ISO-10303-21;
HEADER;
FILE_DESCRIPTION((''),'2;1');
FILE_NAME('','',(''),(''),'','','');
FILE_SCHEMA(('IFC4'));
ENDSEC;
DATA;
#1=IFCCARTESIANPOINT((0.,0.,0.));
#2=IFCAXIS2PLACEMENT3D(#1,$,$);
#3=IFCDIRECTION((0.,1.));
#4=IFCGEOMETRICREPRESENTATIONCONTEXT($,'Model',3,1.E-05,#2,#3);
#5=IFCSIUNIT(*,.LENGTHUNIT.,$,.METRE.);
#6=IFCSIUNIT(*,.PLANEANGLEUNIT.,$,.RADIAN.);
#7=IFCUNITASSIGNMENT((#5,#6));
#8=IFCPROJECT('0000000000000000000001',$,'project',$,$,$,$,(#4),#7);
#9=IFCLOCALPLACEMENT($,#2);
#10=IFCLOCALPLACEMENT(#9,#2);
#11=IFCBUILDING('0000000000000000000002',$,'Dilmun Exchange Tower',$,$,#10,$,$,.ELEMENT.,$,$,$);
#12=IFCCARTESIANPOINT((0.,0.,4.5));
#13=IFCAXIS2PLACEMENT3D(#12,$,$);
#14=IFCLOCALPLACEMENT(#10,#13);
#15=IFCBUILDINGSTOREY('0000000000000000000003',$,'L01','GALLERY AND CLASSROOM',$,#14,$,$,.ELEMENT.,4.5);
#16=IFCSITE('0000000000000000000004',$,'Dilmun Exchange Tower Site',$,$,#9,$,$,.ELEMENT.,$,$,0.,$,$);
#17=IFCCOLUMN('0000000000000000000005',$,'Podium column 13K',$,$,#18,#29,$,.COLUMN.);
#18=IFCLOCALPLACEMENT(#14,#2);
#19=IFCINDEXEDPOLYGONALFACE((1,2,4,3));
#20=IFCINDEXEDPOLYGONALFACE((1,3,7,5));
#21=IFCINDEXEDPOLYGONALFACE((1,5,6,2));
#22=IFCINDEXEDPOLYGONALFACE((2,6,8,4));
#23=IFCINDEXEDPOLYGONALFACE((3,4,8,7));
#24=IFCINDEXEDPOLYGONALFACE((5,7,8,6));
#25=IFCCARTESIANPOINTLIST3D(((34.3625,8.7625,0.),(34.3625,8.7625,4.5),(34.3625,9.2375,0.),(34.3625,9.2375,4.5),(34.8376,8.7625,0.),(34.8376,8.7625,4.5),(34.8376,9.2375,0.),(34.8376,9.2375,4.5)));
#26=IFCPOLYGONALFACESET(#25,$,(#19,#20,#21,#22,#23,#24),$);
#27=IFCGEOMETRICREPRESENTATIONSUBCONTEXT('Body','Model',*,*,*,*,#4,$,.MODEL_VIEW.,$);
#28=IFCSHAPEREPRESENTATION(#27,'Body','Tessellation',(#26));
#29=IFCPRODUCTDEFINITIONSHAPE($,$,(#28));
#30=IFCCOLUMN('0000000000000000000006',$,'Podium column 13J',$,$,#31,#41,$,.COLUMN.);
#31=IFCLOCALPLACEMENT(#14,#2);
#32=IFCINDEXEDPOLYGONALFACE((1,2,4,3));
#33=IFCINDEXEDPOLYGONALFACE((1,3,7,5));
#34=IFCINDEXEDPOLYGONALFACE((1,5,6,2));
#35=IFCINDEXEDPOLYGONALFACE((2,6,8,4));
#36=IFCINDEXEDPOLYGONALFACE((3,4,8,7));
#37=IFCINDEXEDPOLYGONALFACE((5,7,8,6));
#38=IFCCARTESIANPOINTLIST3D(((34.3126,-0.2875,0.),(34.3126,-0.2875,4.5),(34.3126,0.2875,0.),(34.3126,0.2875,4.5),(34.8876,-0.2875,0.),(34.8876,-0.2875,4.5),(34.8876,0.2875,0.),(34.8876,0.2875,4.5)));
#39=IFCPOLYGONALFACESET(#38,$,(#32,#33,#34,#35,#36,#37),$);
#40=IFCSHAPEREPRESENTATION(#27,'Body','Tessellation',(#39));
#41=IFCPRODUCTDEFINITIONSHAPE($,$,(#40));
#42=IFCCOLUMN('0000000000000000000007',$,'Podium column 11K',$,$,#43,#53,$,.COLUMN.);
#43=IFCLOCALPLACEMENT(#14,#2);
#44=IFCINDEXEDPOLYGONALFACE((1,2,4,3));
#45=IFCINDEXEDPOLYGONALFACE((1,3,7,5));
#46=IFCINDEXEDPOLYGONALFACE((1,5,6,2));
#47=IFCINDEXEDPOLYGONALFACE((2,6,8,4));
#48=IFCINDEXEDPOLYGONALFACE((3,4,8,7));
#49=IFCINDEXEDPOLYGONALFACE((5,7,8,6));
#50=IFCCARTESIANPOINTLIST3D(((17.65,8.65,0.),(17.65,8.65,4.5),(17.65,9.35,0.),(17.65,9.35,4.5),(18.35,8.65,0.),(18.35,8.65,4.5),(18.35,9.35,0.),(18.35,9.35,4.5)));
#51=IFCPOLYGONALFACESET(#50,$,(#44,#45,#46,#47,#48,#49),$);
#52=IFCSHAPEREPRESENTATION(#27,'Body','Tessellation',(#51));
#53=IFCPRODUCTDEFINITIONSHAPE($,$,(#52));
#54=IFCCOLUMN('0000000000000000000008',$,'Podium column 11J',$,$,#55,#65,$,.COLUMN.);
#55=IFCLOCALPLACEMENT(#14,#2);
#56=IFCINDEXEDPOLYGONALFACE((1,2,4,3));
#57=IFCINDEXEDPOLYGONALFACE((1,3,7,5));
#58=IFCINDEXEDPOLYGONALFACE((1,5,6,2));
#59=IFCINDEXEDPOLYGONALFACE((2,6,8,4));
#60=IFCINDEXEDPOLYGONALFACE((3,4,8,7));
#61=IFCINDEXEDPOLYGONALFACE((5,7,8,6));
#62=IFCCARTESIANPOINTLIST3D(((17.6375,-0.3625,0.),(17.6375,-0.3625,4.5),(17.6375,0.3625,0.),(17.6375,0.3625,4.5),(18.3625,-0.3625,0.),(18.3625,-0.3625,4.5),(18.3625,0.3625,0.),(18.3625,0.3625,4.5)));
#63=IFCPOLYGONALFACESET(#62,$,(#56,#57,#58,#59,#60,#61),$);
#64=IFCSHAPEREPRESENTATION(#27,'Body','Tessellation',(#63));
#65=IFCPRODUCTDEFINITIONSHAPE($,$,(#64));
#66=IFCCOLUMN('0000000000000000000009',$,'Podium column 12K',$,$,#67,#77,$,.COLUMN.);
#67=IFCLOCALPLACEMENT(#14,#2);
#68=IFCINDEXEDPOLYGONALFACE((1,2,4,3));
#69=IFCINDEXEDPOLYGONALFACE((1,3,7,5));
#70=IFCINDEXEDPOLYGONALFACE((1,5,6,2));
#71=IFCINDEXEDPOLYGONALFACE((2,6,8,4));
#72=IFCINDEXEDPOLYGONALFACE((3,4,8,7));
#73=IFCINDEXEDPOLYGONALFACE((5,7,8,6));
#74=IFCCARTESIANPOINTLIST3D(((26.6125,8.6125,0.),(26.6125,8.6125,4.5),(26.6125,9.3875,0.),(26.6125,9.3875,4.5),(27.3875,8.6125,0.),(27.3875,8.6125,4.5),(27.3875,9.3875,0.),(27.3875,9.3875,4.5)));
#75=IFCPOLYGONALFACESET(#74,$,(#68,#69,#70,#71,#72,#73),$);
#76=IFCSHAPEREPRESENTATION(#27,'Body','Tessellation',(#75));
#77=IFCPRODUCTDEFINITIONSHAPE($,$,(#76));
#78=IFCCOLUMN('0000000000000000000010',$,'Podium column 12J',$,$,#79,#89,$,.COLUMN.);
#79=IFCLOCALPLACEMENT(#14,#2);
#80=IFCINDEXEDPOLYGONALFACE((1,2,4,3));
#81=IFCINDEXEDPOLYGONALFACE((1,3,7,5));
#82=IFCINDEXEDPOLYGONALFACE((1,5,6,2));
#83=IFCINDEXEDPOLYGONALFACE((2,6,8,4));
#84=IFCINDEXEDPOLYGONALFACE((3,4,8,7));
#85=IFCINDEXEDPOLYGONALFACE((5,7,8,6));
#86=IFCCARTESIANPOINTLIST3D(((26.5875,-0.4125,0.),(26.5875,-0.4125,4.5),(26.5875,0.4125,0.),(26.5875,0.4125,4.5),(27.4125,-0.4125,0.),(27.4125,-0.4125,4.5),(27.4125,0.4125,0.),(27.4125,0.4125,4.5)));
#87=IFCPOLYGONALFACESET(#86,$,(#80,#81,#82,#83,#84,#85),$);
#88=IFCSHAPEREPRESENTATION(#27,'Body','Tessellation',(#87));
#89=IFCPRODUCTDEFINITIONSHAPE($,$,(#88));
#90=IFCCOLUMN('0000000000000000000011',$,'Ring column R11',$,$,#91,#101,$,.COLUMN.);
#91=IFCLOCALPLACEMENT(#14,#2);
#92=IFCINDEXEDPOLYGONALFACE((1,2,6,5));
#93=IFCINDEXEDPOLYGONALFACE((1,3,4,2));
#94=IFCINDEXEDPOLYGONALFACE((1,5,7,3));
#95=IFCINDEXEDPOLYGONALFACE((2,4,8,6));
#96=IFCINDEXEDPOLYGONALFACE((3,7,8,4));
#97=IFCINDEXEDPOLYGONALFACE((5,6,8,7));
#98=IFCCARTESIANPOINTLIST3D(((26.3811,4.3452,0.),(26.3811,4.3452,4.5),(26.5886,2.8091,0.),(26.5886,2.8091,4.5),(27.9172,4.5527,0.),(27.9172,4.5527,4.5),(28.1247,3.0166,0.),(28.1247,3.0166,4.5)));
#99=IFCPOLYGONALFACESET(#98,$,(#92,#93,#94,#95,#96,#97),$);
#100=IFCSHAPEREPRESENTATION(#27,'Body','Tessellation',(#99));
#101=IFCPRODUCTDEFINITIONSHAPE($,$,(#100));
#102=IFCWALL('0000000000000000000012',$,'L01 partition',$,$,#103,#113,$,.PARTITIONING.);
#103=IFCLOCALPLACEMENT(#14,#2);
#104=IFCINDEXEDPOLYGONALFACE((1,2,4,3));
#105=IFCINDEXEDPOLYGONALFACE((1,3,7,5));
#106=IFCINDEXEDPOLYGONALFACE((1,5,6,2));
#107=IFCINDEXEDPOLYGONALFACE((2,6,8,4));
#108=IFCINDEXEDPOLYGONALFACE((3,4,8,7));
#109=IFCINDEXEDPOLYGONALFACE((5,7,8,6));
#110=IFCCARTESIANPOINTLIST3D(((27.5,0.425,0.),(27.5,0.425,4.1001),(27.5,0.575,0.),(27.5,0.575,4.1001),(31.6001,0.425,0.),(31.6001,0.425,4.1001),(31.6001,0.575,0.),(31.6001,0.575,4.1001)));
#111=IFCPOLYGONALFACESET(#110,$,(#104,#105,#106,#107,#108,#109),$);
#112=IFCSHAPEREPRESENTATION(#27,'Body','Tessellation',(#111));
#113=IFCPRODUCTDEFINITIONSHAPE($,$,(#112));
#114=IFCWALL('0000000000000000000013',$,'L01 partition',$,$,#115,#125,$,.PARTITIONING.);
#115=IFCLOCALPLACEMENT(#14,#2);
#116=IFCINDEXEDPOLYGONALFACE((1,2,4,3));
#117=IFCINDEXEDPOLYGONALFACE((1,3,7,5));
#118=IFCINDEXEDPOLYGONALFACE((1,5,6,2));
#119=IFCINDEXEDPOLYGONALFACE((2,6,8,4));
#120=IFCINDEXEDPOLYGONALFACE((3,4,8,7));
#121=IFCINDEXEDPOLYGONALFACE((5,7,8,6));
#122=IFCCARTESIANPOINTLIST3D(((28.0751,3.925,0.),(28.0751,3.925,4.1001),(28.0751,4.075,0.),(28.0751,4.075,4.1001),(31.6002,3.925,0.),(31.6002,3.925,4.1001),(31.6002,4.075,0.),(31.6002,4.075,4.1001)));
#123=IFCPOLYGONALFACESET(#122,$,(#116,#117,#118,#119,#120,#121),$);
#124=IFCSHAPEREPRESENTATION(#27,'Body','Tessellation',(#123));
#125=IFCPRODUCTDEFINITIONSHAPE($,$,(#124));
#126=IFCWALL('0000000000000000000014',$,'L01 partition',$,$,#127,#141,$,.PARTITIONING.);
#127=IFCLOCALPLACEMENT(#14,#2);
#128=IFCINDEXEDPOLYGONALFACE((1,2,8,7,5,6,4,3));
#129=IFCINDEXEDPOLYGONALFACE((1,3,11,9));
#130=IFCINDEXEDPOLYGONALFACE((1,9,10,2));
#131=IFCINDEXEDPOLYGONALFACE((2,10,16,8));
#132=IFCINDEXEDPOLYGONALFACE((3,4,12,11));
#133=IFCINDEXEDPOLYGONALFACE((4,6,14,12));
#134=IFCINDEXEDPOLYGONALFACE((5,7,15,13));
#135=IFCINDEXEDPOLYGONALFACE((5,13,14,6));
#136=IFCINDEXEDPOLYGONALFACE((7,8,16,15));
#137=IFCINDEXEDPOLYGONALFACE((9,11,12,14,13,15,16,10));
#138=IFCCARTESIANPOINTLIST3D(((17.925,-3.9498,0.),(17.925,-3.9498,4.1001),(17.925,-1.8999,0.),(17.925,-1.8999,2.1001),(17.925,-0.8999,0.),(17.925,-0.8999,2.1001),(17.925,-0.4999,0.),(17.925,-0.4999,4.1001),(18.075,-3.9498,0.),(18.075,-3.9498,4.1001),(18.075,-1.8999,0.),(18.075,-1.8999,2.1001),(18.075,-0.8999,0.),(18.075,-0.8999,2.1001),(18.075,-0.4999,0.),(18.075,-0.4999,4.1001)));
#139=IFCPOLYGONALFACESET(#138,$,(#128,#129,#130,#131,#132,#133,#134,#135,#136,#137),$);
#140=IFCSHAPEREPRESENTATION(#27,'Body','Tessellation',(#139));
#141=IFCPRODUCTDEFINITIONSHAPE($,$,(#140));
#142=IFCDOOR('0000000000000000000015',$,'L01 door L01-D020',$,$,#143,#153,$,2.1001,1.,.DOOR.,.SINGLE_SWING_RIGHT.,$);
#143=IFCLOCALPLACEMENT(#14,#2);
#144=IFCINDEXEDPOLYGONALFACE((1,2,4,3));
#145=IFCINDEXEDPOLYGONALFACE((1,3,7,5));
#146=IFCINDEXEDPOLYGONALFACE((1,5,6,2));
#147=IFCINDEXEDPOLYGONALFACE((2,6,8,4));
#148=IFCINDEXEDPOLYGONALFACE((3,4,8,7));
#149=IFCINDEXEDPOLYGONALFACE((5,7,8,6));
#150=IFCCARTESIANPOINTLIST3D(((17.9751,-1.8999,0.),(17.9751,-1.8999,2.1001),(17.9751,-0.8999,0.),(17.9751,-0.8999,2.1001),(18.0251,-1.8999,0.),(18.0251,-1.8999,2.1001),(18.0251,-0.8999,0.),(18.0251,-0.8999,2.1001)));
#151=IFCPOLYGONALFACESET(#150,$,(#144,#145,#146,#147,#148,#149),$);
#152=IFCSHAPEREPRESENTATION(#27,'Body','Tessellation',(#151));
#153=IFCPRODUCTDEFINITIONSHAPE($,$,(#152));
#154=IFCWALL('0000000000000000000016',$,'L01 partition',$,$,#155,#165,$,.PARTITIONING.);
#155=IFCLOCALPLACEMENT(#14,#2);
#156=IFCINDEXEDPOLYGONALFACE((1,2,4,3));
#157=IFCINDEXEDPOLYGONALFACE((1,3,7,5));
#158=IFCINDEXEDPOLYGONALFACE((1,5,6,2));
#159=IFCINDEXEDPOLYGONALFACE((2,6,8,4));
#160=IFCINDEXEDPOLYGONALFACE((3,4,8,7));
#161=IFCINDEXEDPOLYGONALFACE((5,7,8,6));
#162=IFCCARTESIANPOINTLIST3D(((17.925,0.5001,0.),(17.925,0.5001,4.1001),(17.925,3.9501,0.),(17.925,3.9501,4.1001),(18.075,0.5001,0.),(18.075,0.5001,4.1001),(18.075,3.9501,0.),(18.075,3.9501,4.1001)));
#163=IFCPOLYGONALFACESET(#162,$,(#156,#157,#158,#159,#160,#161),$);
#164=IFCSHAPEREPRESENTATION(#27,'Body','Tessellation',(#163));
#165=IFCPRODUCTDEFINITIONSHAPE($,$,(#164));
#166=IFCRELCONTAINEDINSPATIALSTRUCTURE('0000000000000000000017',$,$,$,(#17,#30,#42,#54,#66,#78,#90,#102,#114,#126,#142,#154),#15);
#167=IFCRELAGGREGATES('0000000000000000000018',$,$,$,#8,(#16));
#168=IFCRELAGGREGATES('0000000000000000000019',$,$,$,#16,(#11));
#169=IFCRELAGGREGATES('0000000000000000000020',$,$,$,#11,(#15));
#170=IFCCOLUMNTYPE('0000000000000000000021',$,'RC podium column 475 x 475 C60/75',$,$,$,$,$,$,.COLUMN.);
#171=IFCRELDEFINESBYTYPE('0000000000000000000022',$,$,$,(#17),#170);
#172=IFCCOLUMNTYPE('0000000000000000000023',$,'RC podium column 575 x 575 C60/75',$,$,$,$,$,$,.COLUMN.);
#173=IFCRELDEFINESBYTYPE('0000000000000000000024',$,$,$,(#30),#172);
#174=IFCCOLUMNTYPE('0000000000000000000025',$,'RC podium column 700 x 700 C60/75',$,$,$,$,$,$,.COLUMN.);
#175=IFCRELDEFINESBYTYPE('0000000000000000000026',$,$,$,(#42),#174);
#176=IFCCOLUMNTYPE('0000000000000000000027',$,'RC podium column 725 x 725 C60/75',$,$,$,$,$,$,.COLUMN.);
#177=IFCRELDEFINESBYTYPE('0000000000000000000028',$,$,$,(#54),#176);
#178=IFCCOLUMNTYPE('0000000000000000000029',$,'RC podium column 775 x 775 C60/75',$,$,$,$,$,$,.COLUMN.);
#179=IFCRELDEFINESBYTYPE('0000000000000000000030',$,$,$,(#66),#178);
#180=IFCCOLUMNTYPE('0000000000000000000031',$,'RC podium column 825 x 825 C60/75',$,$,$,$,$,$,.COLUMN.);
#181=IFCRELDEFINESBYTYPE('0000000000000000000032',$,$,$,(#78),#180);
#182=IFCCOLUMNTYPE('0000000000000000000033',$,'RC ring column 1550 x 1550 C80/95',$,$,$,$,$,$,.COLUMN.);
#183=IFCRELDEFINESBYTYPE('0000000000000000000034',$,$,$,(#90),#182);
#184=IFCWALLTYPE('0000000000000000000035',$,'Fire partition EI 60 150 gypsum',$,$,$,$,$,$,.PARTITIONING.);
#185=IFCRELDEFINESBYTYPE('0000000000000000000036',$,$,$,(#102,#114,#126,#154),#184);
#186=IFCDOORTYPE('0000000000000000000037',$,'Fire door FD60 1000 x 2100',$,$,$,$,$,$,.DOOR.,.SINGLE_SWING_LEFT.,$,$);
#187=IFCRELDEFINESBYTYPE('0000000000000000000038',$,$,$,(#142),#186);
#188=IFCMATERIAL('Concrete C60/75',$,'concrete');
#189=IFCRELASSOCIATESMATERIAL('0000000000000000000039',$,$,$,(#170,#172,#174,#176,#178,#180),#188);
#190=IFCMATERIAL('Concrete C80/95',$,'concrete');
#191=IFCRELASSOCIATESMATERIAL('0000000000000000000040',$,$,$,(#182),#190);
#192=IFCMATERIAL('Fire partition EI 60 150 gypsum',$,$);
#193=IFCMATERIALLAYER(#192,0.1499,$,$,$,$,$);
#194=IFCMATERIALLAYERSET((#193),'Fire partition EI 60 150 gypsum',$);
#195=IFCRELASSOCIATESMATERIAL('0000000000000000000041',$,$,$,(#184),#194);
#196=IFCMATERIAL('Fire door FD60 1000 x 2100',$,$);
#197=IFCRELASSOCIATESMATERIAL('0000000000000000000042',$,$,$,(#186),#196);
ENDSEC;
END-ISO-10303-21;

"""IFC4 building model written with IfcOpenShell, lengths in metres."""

from ifc_helpers import new_model, si_unit, direction, frame, frame_2d, origin, origin_2d, place, context, subcontext, project, spatial, rectangle, extrude, material, layer, layer_set, material_profile, profile_set, type_object, element, fill, save


model = new_model("IFC4")

# Units and contexts
model_context = context("Model", 3, precision=1e-05, world=origin(), true_north=direction((0.0, 1.0)))
body_context = subcontext(model_context, "Body", "Model", "MODEL_VIEW")
ifc_project = project(units=[si_unit("LENGTHUNIT", "METRE"), si_unit("PLANEANGLEUNIT", "RADIAN")], contexts=[model_context])

# Site, building, storey
site_placement = place(None, origin())
site = spatial("IfcSite", under=ifc_project, at=site_placement, Name="Dilmun Exchange Tower Site", CompositionType="ELEMENT", RefElevation=0.0)
building_placement = place(site_placement, origin())
building = spatial("IfcBuilding", under=site, at=building_placement, Name="Dilmun Exchange Tower", CompositionType="ELEMENT")
storey_placement = place(building_placement, frame((0.0, 0.0, 4.5)))
storey = spatial("IfcBuildingStorey", under=building, at=storey_placement, Name="L01", Description="GALLERY AND CLASSROOM", CompositionType="ELEMENT", Elevation=4.5)

# Columns
ifc_material_1 = material(Name="Concrete C60/75", Category="concrete")
ifc_material_profile_1 = material_profile(ifc_material_1, rectangle(XDim=0.4751, YDim=0.4751, at=origin_2d()), Name="475 x 475")
ifc_profile_set_1 = profile_set([ifc_material_profile_1], Name="Concrete C60/75")
column_type_1 = type_object("IfcColumnType", Name="RC podium column 475 x 475 C60/75", PredefinedType="COLUMN", material=ifc_profile_set_1)
column_1_placement = place(storey_placement, frame((34.6001, 9.0, 0.0), z_axis=(0.0, 0.0, 1.0), x_axis=(1.0, 0.0, 0.0)))
element("IfcColumn", 1, at=column_1_placement, inside=storey, type_object=column_type_1, Name="Podium column 13K", PredefinedType="COLUMN", context=body_context, shape_type="SweptSolid", body=[
    extrude(rectangle(XDim=0.4751, YDim=0.4751, at=origin_2d()), origin(), (0.0, 0.0, 1.0), 4.5),
])
ifc_material_profile_2 = material_profile(ifc_material_1, rectangle(XDim=0.575, YDim=0.575, at=origin_2d()), Name="575 x 575")
ifc_profile_set_2 = profile_set([ifc_material_profile_2], Name="Concrete C60/75")
column_type_2 = type_object("IfcColumnType", Name="RC podium column 575 x 575 C60/75", PredefinedType="COLUMN", material=ifc_profile_set_2)
column_2_placement = place(storey_placement, frame((34.6001, 0.0, 0.0), z_axis=(0.0, 0.0, 1.0), x_axis=(1.0, 0.0, 0.0)))
element("IfcColumn", 2, at=column_2_placement, inside=storey, type_object=column_type_2, Name="Podium column 13J", PredefinedType="COLUMN", context=body_context, shape_type="SweptSolid", body=[
    extrude(rectangle(XDim=0.575, YDim=0.575, at=origin_2d()), origin(), (0.0, 0.0, 1.0), 4.5),
])
ifc_material_profile_3 = material_profile(ifc_material_1, rectangle(XDim=0.7, YDim=0.7, at=origin_2d()), Name="700 x 700")
ifc_profile_set_3 = profile_set([ifc_material_profile_3], Name="Concrete C60/75")
column_type_3 = type_object("IfcColumnType", Name="RC podium column 700 x 700 C60/75", PredefinedType="COLUMN", material=ifc_profile_set_3)
column_3_placement = place(storey_placement, frame((18.0, 9.0, 0.0), z_axis=(0.0, 0.0, 1.0), x_axis=(1.0, 0.0, 0.0)))
element("IfcColumn", 3, at=column_3_placement, inside=storey, type_object=column_type_3, Name="Podium column 11K", PredefinedType="COLUMN", context=body_context, shape_type="SweptSolid", body=[
    extrude(rectangle(XDim=0.7, YDim=0.7, at=origin_2d()), origin(), (0.0, 0.0, 1.0), 4.5),
])
ifc_material_profile_4 = material_profile(ifc_material_1, rectangle(XDim=0.7251, YDim=0.7251, at=origin_2d()), Name="725 x 725")
ifc_profile_set_4 = profile_set([ifc_material_profile_4], Name="Concrete C60/75")
column_type_4 = type_object("IfcColumnType", Name="RC podium column 725 x 725 C60/75", PredefinedType="COLUMN", material=ifc_profile_set_4)
column_4_placement = place(storey_placement, frame((18.0, 0.0, 0.0), z_axis=(0.0, 0.0, 1.0), x_axis=(1.0, 0.0, 0.0)))
element("IfcColumn", 4, at=column_4_placement, inside=storey, type_object=column_type_4, Name="Podium column 11J", PredefinedType="COLUMN", context=body_context, shape_type="SweptSolid", body=[
    extrude(rectangle(XDim=0.7251, YDim=0.7251, at=origin_2d()), origin(), (0.0, 0.0, 1.0), 4.5),
])
ifc_material_profile_5 = material_profile(ifc_material_1, rectangle(XDim=0.7749, YDim=0.7749, at=origin_2d()), Name="775 x 775")
ifc_profile_set_5 = profile_set([ifc_material_profile_5], Name="Concrete C60/75")
column_type_5 = type_object("IfcColumnType", Name="RC podium column 775 x 775 C60/75", PredefinedType="COLUMN", material=ifc_profile_set_5)
column_5_placement = place(storey_placement, frame((27.0, 9.0, 0.0), z_axis=(0.0, 0.0, 1.0), x_axis=(1.0, 0.0, 0.0)))
element("IfcColumn", 5, at=column_5_placement, inside=storey, type_object=column_type_5, Name="Podium column 12K", PredefinedType="COLUMN", context=body_context, shape_type="SweptSolid", body=[
    extrude(rectangle(XDim=0.7749, YDim=0.7749, at=origin_2d()), origin(), (0.0, 0.0, 1.0), 4.5),
])
ifc_material_profile_6 = material_profile(ifc_material_1, rectangle(XDim=0.825, YDim=0.825, at=origin_2d()), Name="825 x 825")
ifc_profile_set_6 = profile_set([ifc_material_profile_6], Name="Concrete C60/75")
column_type_6 = type_object("IfcColumnType", Name="RC podium column 825 x 825 C60/75", PredefinedType="COLUMN", material=ifc_profile_set_6)
column_6_placement = place(storey_placement, frame((27.0, 0.0, 0.0), z_axis=(0.0, 0.0, 1.0), x_axis=(1.0, 0.0, 0.0)))
element("IfcColumn", 6, at=column_6_placement, inside=storey, type_object=column_type_6, Name="Podium column 12J", PredefinedType="COLUMN", context=body_context, shape_type="SweptSolid", body=[
    extrude(rectangle(XDim=0.825, YDim=0.825, at=origin_2d()), origin(), (0.0, 0.0, 1.0), 4.5),
])
ifc_material_2 = material(Name="Concrete C80/95", Category="concrete")
ifc_material_profile_7 = material_profile(ifc_material_2, rectangle(XDim=1.55, YDim=1.55, at=origin_2d()), Name="1550 x 1550")
ifc_profile_set_7 = profile_set([ifc_material_profile_7], Name="Concrete C80/95")
column_type_7 = type_object("IfcColumnType", Name="RC ring column 1550 x 1550 C80/95", PredefinedType="COLUMN", material=ifc_profile_set_7)
column_7_placement = place(storey_placement, frame((27.2529, 3.6809, 0.0), z_axis=(0.0, 0.0, 1.0), x_axis=(0.991001, 0.133853, 0.0)))
element("IfcColumn", 7, at=column_7_placement, inside=storey, type_object=column_type_7, Name="Ring column R11", PredefinedType="COLUMN", context=body_context, shape_type="SweptSolid", body=[
    extrude(rectangle(XDim=1.55, YDim=1.55, at=origin_2d()), origin(), (0.0, 0.0, 1.0), 4.5),
])

# Walls
ifc_material_3 = material(Name="Fire partition EI 60 150 gypsum")
ifc_layer_1 = layer(ifc_material_3, 0.1499)
ifc_layer_set_1 = layer_set([ifc_layer_1], Name="Fire partition EI 60 150 gypsum")
wall_type_1 = type_object("IfcWallType", Name="Fire partition EI 60 150 gypsum", PredefinedType="PARTITIONING", material=ifc_layer_set_1)
wall_1_placement = place(storey_placement, frame((27.5, 0.5, 0.0), z_axis=(0.0, 0.0, 1.0), x_axis=(1.0, 0.0, 0.0)))
element("IfcWall", 8, at=wall_1_placement, inside=storey, type_object=wall_type_1, Name="L01 partition", PredefinedType="PARTITIONING", context=body_context, shape_type="SweptSolid", body=[
    extrude(rectangle(XDim=4.1001, YDim=0.1499, at=frame_2d((2.05, 0.0))), origin(), (0.0, 0.0, 1.0), 4.1001),
])
wall_2_placement = place(storey_placement, frame((28.075, 4.0, 0.0), z_axis=(0.0, 0.0, 1.0), x_axis=(1.0, 0.0, 0.0)))
element("IfcWall", 9, at=wall_2_placement, inside=storey, type_object=wall_type_1, Name="L01 partition", PredefinedType="PARTITIONING", context=body_context, shape_type="SweptSolid", body=[
    extrude(rectangle(XDim=3.5251, YDim=0.1499, at=frame_2d((1.7627, 0.0))), origin(), (0.0, 0.0, 1.0), 4.1001),
])

# Wall, opening, door
wall_3_placement = place(storey_placement, frame((18.0, -3.95, 0.0), z_axis=(0.0, 0.0, 1.0), x_axis=(0.0, 1.0, 0.0)))
wall_3 = element("IfcWall", 10, at=wall_3_placement, inside=storey, type_object=wall_type_1, Name="L01 partition", PredefinedType="PARTITIONING", context=body_context, shape_type="SweptSolid", body=[
    extrude(rectangle(XDim=3.45, YDim=0.1499, at=frame_2d((1.7251, 0.0))), origin(), (0.0, 0.0, 1.0), 4.1001),
])
opening_1_placement = place(wall_3_placement, frame((2.05, 0.0, 0.0)))
opening_1 = element("IfcOpeningElement", 11, at=opening_1_placement, cuts=wall_3, PredefinedType="OPENING", context=body_context, shape_type="SweptSolid", body=[
    extrude(rectangle(XDim=1.0, YDim=2.1001, at=frame_2d((0.5, 1.05))), frame((0.0, 0.085, 0.0), z_axis=(0.0, -1.0, 0.0), x_axis=(1.0, 0.0, 0.0)), (0.0, 0.0, 1.0), 0.1699),
])
ifc_material_4 = material(Name="Fire door FD60 1000 x 2100")
door_type_1 = type_object("IfcDoorType", Name="Fire door FD60 1000 x 2100", OperationType="SINGLE_SWING_LEFT", PredefinedType="DOOR", material=ifc_material_4)
door_1_placement = place(opening_1_placement, origin())
door_1 = element("IfcDoor", 12, at=door_1_placement, inside=storey, type_object=door_type_1, Name="L01 door L01-D020", OperationType="SINGLE_SWING_RIGHT", OverallHeight=2.1001, OverallWidth=1.0, PredefinedType="DOOR", context=body_context, shape_type="SweptSolid", body=[
    extrude(rectangle(XDim=1.0, YDim=2.1001, at=frame_2d((0.5, 1.05))), frame((0.0, 0.0249, 0.0), z_axis=(0.0, -1.0, 0.0), x_axis=(1.0, 0.0, 0.0)), (0.0, 0.0, 1.0), 0.05),
])
fill(opening_1, door_1)

# Wall
wall_4_placement = place(storey_placement, frame((18.0, 0.5, 0.0), z_axis=(0.0, 0.0, 1.0), x_axis=(0.0, 1.0, 0.0)))
element("IfcWall", 13, at=wall_4_placement, inside=storey, type_object=wall_type_1, Name="L01 partition", PredefinedType="PARTITIONING", context=body_context, shape_type="SweptSolid", body=[
    extrude(rectangle(XDim=3.45, YDim=0.1499, at=frame_2d((1.7251, 0.0))), origin(), (0.0, 0.0, 1.0), 4.1001),
])

save(model, "model.ifc")
